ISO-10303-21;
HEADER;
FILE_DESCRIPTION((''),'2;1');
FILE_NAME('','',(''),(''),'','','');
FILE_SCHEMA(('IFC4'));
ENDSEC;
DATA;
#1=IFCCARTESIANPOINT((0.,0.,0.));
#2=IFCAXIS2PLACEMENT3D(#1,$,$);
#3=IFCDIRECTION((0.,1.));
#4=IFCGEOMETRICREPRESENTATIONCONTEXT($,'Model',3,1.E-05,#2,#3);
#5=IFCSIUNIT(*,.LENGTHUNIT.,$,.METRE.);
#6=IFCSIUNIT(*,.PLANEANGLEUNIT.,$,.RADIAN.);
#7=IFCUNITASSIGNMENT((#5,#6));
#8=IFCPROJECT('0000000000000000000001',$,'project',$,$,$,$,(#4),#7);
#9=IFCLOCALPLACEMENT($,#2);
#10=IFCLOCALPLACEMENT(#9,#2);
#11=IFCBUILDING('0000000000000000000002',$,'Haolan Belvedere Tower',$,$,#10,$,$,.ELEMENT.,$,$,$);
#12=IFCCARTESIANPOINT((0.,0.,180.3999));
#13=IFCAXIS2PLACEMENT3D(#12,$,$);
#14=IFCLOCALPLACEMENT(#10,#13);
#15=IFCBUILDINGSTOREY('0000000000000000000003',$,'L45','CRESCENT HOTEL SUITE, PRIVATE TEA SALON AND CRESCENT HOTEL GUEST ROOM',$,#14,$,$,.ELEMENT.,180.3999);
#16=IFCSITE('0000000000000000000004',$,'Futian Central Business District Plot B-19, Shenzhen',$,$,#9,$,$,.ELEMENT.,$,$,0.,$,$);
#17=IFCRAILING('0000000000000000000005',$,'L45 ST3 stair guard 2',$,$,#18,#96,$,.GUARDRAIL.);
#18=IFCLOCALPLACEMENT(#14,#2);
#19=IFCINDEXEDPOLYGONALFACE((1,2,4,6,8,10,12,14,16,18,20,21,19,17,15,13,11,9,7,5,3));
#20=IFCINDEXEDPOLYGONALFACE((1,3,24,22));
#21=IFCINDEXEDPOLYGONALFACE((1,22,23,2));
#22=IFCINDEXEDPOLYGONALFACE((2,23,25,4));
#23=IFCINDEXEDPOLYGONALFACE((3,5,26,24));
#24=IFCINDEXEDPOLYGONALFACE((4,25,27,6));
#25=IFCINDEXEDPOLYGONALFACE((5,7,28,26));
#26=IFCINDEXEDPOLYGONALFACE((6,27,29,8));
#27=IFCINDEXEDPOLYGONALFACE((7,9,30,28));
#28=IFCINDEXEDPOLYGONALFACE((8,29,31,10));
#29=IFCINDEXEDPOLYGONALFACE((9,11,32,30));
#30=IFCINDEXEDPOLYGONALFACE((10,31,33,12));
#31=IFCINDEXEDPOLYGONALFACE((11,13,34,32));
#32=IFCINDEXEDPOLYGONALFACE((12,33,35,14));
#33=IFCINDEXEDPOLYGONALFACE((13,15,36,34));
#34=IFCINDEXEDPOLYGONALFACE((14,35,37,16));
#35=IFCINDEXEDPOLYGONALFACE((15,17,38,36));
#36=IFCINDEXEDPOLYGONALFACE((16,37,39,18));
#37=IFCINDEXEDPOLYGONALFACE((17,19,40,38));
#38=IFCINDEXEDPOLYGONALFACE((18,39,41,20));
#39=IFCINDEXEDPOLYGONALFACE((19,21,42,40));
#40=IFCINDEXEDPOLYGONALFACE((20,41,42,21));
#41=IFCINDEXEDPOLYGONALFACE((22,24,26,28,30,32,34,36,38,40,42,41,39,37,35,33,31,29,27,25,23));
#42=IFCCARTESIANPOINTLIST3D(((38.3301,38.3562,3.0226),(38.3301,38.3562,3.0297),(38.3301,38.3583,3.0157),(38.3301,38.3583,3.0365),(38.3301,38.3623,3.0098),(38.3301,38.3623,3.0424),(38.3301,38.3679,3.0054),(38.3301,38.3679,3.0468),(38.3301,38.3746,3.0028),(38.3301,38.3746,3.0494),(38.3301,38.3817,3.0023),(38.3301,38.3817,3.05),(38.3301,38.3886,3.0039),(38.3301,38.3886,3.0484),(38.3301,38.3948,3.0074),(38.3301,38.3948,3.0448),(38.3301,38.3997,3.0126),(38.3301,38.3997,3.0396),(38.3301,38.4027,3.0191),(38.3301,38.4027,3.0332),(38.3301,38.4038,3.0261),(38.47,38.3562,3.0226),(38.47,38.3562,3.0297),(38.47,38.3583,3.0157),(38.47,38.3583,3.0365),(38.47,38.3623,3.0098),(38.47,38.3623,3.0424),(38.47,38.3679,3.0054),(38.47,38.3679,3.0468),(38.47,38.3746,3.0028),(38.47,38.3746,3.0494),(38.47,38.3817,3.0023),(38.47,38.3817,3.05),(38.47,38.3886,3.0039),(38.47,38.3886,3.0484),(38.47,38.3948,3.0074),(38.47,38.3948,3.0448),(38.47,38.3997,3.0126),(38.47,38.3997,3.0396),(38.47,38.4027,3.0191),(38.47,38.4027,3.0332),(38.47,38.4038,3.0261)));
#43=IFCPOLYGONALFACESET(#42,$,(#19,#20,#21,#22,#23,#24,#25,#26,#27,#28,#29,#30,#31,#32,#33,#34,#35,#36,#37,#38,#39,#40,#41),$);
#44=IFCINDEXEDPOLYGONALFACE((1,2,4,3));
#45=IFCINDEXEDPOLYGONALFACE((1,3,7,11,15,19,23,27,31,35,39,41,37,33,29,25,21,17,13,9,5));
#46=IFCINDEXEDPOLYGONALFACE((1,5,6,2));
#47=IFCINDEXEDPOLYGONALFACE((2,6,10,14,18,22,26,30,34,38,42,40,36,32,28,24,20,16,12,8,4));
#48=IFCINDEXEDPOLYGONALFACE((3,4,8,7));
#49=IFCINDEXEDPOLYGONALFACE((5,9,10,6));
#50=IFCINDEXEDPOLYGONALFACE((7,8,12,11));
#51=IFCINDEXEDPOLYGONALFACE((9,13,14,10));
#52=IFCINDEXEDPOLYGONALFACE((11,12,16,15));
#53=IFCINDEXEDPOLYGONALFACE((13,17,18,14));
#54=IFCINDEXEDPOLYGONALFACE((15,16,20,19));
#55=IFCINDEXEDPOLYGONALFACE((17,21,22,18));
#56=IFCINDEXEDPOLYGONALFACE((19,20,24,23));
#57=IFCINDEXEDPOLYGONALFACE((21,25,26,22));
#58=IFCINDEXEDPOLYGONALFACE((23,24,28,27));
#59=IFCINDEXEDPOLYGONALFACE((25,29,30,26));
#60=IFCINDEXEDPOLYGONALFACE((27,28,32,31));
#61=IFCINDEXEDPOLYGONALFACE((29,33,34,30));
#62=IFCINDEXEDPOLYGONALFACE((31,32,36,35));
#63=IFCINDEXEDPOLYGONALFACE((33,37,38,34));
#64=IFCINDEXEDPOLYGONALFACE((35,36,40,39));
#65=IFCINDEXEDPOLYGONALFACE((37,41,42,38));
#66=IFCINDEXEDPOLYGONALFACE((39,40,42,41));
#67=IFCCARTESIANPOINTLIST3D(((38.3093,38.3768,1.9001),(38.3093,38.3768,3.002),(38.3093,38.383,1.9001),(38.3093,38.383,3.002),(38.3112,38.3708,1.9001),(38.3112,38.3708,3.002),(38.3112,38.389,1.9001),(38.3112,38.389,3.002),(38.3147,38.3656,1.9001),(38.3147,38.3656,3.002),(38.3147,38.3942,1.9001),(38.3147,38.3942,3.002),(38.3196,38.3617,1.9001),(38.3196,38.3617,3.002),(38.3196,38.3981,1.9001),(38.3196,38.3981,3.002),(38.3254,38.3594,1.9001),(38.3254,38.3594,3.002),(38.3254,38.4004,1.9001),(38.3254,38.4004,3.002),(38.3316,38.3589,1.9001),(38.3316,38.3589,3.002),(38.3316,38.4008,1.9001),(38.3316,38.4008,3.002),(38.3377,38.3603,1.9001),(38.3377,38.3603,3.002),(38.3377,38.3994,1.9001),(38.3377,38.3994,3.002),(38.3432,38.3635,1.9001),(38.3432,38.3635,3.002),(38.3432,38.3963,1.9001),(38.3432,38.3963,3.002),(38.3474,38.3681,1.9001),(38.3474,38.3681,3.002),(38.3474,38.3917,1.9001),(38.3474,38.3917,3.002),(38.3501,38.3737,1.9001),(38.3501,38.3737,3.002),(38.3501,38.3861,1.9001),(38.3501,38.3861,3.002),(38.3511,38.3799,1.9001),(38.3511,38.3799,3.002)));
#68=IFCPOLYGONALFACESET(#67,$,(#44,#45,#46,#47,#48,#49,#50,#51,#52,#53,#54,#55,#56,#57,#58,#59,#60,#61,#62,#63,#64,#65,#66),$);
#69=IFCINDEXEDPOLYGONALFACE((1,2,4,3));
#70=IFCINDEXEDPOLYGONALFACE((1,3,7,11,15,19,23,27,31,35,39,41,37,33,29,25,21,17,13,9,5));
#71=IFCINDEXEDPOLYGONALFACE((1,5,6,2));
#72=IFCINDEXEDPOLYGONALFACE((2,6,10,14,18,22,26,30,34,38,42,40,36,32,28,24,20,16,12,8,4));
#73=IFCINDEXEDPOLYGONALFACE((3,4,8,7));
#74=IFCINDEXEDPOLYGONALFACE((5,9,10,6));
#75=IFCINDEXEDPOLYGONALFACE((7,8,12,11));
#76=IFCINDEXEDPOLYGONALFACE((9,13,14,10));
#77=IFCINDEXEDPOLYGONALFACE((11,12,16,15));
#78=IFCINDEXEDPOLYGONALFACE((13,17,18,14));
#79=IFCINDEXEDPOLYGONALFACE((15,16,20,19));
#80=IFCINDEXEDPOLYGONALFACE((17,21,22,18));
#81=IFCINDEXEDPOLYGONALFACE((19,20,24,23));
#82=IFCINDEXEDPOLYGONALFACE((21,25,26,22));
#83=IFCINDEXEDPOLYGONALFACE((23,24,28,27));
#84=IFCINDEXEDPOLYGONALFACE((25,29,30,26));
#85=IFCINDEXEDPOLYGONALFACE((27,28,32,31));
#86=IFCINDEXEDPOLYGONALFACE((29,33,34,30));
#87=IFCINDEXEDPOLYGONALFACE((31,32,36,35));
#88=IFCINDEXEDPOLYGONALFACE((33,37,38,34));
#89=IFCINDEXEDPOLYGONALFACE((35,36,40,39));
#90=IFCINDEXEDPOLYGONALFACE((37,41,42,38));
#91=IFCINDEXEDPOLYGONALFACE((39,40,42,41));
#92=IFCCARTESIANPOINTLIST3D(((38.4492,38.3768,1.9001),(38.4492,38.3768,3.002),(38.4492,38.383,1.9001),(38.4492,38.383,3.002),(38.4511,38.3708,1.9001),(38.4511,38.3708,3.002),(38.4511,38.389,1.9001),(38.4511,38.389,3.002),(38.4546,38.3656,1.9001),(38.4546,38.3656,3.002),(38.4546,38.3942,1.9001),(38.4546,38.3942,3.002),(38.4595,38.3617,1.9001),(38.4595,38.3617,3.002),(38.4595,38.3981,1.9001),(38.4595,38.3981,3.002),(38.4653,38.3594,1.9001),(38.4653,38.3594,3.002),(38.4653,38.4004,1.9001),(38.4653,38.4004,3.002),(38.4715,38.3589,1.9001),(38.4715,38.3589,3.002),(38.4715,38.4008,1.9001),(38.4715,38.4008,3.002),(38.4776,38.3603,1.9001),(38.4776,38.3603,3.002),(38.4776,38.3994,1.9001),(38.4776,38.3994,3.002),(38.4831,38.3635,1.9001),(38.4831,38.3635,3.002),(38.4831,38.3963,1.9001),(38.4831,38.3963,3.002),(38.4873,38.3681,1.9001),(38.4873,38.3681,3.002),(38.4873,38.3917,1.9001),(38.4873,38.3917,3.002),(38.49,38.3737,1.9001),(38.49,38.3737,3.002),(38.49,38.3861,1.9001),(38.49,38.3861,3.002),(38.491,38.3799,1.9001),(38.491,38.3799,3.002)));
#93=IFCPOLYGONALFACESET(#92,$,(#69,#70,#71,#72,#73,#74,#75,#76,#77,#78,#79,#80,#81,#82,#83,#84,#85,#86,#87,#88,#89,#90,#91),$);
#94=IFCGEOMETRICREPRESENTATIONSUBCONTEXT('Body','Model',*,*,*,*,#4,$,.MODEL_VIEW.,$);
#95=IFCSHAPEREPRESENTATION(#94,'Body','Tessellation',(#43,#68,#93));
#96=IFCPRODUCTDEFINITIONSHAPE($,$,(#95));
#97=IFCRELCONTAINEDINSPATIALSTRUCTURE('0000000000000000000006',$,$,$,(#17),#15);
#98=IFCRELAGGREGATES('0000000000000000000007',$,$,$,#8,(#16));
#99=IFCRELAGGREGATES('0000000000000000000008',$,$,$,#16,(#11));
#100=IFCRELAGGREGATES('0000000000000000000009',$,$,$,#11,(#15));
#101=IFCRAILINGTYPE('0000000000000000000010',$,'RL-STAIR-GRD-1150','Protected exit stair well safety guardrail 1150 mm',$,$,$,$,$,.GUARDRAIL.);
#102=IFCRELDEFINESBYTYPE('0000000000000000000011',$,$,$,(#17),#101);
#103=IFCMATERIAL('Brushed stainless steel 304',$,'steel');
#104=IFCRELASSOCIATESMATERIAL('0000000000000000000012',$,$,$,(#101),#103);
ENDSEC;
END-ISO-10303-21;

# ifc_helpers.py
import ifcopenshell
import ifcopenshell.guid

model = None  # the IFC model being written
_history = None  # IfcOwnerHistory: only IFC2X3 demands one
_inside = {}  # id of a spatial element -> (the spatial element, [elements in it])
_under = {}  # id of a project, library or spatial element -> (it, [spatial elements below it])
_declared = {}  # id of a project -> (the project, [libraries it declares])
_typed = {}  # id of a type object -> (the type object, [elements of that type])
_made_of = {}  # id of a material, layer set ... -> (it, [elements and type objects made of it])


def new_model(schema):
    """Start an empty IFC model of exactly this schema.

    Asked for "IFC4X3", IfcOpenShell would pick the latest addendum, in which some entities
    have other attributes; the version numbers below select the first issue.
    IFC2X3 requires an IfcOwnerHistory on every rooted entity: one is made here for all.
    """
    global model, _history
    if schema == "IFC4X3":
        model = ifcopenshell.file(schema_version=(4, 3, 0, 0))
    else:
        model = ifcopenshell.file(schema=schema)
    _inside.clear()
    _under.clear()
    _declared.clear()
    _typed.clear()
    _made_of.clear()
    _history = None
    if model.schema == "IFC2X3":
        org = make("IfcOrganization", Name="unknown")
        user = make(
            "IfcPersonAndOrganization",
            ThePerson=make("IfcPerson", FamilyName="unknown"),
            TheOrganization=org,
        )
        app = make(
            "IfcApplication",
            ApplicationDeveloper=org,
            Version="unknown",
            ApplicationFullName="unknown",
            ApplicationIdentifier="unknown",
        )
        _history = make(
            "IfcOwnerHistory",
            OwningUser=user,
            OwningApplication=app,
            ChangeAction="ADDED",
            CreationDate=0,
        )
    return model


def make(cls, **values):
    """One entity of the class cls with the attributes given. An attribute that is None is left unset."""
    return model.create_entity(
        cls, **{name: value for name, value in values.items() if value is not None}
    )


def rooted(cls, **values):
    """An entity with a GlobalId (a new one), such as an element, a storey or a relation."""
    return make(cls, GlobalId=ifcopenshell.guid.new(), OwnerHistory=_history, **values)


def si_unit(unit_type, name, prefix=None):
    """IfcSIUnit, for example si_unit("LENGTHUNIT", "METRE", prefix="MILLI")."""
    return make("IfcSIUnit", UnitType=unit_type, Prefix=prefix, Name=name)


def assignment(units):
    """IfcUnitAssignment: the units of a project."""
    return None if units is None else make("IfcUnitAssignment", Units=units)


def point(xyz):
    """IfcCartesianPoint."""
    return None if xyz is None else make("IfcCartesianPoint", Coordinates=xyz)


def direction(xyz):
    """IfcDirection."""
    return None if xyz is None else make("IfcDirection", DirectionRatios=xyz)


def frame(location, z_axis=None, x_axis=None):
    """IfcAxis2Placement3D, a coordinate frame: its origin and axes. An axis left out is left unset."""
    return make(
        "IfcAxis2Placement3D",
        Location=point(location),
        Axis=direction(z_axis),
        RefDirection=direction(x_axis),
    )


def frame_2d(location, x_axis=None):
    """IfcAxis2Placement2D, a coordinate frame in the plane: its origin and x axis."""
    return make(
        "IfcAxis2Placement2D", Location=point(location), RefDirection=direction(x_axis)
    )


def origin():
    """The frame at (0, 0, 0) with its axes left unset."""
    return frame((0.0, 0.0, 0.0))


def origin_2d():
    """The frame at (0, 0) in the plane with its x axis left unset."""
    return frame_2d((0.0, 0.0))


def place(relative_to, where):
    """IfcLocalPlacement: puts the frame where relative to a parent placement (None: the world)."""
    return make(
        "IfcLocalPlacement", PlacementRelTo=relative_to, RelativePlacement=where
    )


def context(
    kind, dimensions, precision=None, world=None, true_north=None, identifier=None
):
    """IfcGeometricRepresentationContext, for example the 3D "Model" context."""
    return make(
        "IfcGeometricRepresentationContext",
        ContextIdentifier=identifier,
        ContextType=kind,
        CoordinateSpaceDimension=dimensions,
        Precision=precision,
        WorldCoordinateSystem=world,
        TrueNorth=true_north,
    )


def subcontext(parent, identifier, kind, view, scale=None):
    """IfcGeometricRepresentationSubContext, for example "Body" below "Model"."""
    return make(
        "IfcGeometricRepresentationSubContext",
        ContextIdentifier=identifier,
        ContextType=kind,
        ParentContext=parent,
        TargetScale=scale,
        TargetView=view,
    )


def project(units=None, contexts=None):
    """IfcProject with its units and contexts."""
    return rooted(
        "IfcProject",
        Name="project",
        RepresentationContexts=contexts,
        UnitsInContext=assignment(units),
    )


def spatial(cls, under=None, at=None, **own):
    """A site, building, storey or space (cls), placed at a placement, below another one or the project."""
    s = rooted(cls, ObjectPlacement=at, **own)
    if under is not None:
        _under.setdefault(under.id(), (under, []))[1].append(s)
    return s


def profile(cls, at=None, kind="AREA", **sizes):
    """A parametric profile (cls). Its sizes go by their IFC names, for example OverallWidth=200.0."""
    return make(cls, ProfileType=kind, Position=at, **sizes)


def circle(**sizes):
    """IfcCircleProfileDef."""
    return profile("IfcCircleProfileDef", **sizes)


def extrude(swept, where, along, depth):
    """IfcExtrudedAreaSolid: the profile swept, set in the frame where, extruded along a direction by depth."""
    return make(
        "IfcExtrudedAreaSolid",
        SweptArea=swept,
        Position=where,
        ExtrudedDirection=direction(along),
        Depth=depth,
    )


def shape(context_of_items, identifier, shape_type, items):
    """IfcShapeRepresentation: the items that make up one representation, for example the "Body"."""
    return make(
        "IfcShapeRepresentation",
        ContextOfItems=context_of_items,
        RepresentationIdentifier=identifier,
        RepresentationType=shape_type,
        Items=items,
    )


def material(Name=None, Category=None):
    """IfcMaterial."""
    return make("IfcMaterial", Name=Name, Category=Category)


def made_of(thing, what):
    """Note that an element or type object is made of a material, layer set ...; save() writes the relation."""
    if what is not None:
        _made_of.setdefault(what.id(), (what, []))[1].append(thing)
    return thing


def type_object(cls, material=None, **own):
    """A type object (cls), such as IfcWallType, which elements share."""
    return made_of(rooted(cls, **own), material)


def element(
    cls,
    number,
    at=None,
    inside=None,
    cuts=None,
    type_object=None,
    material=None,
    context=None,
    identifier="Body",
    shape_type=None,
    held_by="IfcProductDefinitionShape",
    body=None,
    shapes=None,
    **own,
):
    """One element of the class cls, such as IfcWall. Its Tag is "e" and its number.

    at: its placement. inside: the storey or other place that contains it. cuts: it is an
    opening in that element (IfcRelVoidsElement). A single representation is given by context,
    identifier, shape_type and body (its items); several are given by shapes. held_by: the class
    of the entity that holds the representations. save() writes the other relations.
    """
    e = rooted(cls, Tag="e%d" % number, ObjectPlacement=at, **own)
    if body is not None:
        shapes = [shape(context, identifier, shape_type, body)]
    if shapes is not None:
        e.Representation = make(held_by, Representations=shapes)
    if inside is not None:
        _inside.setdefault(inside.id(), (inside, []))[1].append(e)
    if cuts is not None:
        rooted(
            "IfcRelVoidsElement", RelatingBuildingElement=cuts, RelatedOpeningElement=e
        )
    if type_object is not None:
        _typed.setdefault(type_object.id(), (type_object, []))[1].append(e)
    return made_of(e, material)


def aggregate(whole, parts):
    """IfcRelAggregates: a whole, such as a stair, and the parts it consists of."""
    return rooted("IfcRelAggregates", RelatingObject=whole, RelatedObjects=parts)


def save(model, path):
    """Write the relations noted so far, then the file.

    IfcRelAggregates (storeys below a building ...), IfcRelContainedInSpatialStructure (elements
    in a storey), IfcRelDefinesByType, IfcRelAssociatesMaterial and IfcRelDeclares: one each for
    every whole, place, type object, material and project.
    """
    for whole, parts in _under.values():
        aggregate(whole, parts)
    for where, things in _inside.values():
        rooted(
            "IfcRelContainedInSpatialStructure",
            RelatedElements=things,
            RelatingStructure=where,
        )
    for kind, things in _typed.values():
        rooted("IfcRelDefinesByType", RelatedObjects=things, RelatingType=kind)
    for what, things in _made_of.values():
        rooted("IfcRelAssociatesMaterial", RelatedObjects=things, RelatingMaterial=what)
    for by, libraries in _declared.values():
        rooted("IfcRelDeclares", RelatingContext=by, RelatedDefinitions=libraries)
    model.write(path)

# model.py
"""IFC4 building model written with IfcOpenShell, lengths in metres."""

from ifc_helpers import new_model, si_unit, direction, frame, origin, origin_2d, place, context, subcontext, project, spatial, circle, extrude, material, type_object, element, save


model = new_model("IFC4")

# Units and contexts
model_context = context("Model", 3, precision=1e-05, world=origin(), true_north=direction((0.0, 1.0)))
body_context = subcontext(model_context, "Body", "Model", "MODEL_VIEW")
ifc_project = project(units=[si_unit("LENGTHUNIT", "METRE"), si_unit("PLANEANGLEUNIT", "RADIAN")], contexts=[model_context])

# Site, building, storey
site_placement = place(None, origin())
site = spatial("IfcSite", under=ifc_project, at=site_placement, Name="Futian Central Business District Plot B-19, Shenzhen", CompositionType="ELEMENT", RefElevation=0.0)
building_placement = place(site_placement, origin())
building = spatial("IfcBuilding", under=site, at=building_placement, Name="Haolan Belvedere Tower", CompositionType="ELEMENT")
storey_placement = place(building_placement, frame((0.0, 0.0, 180.3999)))
storey = spatial("IfcBuildingStorey", under=building, at=storey_placement, Name="L45", Description="CRESCENT HOTEL SUITE, PRIVATE TEA SALON AND CRESCENT HOTEL GUEST ROOM", CompositionType="ELEMENT", Elevation=180.3999)

# Railing
ifc_material_1 = material(Name="Brushed stainless steel 304", Category="steel")
railing_type_1 = type_object("IfcRailingType", Name="RL-STAIR-GRD-1150", Description="Protected exit stair well safety guardrail 1150 mm", PredefinedType="GUARDRAIL", material=ifc_material_1)
railing_1_placement = place(storey_placement, frame((38.3301, 38.3799, 1.9001)))
element("IfcRailing", 1, at=railing_1_placement, inside=storey, type_object=railing_type_1, Name="L45 ST3 stair guard 2", PredefinedType="GUARDRAIL", context=body_context, shape_type="SweptSolid", body=[
    extrude(circle(Radius=0.0239, at=origin_2d()), frame((0.0, 0.0, 1.126), z_axis=(1.0, 0.0, 0.0), x_axis=(0.0, 1.0, 0.0)), (0.0, 0.0, 1.0), 0.1399),
    extrude(circle(Radius=0.021, at=origin_2d()), origin(), (0.0, 0.0, 1.0), 1.1018),
    extrude(circle(Radius=0.021, at=origin_2d()), frame((0.1399, 0.0, 0.0)), (0.0, 0.0, 1.0), 1.1018),
])

save(model, "model.ifc")
